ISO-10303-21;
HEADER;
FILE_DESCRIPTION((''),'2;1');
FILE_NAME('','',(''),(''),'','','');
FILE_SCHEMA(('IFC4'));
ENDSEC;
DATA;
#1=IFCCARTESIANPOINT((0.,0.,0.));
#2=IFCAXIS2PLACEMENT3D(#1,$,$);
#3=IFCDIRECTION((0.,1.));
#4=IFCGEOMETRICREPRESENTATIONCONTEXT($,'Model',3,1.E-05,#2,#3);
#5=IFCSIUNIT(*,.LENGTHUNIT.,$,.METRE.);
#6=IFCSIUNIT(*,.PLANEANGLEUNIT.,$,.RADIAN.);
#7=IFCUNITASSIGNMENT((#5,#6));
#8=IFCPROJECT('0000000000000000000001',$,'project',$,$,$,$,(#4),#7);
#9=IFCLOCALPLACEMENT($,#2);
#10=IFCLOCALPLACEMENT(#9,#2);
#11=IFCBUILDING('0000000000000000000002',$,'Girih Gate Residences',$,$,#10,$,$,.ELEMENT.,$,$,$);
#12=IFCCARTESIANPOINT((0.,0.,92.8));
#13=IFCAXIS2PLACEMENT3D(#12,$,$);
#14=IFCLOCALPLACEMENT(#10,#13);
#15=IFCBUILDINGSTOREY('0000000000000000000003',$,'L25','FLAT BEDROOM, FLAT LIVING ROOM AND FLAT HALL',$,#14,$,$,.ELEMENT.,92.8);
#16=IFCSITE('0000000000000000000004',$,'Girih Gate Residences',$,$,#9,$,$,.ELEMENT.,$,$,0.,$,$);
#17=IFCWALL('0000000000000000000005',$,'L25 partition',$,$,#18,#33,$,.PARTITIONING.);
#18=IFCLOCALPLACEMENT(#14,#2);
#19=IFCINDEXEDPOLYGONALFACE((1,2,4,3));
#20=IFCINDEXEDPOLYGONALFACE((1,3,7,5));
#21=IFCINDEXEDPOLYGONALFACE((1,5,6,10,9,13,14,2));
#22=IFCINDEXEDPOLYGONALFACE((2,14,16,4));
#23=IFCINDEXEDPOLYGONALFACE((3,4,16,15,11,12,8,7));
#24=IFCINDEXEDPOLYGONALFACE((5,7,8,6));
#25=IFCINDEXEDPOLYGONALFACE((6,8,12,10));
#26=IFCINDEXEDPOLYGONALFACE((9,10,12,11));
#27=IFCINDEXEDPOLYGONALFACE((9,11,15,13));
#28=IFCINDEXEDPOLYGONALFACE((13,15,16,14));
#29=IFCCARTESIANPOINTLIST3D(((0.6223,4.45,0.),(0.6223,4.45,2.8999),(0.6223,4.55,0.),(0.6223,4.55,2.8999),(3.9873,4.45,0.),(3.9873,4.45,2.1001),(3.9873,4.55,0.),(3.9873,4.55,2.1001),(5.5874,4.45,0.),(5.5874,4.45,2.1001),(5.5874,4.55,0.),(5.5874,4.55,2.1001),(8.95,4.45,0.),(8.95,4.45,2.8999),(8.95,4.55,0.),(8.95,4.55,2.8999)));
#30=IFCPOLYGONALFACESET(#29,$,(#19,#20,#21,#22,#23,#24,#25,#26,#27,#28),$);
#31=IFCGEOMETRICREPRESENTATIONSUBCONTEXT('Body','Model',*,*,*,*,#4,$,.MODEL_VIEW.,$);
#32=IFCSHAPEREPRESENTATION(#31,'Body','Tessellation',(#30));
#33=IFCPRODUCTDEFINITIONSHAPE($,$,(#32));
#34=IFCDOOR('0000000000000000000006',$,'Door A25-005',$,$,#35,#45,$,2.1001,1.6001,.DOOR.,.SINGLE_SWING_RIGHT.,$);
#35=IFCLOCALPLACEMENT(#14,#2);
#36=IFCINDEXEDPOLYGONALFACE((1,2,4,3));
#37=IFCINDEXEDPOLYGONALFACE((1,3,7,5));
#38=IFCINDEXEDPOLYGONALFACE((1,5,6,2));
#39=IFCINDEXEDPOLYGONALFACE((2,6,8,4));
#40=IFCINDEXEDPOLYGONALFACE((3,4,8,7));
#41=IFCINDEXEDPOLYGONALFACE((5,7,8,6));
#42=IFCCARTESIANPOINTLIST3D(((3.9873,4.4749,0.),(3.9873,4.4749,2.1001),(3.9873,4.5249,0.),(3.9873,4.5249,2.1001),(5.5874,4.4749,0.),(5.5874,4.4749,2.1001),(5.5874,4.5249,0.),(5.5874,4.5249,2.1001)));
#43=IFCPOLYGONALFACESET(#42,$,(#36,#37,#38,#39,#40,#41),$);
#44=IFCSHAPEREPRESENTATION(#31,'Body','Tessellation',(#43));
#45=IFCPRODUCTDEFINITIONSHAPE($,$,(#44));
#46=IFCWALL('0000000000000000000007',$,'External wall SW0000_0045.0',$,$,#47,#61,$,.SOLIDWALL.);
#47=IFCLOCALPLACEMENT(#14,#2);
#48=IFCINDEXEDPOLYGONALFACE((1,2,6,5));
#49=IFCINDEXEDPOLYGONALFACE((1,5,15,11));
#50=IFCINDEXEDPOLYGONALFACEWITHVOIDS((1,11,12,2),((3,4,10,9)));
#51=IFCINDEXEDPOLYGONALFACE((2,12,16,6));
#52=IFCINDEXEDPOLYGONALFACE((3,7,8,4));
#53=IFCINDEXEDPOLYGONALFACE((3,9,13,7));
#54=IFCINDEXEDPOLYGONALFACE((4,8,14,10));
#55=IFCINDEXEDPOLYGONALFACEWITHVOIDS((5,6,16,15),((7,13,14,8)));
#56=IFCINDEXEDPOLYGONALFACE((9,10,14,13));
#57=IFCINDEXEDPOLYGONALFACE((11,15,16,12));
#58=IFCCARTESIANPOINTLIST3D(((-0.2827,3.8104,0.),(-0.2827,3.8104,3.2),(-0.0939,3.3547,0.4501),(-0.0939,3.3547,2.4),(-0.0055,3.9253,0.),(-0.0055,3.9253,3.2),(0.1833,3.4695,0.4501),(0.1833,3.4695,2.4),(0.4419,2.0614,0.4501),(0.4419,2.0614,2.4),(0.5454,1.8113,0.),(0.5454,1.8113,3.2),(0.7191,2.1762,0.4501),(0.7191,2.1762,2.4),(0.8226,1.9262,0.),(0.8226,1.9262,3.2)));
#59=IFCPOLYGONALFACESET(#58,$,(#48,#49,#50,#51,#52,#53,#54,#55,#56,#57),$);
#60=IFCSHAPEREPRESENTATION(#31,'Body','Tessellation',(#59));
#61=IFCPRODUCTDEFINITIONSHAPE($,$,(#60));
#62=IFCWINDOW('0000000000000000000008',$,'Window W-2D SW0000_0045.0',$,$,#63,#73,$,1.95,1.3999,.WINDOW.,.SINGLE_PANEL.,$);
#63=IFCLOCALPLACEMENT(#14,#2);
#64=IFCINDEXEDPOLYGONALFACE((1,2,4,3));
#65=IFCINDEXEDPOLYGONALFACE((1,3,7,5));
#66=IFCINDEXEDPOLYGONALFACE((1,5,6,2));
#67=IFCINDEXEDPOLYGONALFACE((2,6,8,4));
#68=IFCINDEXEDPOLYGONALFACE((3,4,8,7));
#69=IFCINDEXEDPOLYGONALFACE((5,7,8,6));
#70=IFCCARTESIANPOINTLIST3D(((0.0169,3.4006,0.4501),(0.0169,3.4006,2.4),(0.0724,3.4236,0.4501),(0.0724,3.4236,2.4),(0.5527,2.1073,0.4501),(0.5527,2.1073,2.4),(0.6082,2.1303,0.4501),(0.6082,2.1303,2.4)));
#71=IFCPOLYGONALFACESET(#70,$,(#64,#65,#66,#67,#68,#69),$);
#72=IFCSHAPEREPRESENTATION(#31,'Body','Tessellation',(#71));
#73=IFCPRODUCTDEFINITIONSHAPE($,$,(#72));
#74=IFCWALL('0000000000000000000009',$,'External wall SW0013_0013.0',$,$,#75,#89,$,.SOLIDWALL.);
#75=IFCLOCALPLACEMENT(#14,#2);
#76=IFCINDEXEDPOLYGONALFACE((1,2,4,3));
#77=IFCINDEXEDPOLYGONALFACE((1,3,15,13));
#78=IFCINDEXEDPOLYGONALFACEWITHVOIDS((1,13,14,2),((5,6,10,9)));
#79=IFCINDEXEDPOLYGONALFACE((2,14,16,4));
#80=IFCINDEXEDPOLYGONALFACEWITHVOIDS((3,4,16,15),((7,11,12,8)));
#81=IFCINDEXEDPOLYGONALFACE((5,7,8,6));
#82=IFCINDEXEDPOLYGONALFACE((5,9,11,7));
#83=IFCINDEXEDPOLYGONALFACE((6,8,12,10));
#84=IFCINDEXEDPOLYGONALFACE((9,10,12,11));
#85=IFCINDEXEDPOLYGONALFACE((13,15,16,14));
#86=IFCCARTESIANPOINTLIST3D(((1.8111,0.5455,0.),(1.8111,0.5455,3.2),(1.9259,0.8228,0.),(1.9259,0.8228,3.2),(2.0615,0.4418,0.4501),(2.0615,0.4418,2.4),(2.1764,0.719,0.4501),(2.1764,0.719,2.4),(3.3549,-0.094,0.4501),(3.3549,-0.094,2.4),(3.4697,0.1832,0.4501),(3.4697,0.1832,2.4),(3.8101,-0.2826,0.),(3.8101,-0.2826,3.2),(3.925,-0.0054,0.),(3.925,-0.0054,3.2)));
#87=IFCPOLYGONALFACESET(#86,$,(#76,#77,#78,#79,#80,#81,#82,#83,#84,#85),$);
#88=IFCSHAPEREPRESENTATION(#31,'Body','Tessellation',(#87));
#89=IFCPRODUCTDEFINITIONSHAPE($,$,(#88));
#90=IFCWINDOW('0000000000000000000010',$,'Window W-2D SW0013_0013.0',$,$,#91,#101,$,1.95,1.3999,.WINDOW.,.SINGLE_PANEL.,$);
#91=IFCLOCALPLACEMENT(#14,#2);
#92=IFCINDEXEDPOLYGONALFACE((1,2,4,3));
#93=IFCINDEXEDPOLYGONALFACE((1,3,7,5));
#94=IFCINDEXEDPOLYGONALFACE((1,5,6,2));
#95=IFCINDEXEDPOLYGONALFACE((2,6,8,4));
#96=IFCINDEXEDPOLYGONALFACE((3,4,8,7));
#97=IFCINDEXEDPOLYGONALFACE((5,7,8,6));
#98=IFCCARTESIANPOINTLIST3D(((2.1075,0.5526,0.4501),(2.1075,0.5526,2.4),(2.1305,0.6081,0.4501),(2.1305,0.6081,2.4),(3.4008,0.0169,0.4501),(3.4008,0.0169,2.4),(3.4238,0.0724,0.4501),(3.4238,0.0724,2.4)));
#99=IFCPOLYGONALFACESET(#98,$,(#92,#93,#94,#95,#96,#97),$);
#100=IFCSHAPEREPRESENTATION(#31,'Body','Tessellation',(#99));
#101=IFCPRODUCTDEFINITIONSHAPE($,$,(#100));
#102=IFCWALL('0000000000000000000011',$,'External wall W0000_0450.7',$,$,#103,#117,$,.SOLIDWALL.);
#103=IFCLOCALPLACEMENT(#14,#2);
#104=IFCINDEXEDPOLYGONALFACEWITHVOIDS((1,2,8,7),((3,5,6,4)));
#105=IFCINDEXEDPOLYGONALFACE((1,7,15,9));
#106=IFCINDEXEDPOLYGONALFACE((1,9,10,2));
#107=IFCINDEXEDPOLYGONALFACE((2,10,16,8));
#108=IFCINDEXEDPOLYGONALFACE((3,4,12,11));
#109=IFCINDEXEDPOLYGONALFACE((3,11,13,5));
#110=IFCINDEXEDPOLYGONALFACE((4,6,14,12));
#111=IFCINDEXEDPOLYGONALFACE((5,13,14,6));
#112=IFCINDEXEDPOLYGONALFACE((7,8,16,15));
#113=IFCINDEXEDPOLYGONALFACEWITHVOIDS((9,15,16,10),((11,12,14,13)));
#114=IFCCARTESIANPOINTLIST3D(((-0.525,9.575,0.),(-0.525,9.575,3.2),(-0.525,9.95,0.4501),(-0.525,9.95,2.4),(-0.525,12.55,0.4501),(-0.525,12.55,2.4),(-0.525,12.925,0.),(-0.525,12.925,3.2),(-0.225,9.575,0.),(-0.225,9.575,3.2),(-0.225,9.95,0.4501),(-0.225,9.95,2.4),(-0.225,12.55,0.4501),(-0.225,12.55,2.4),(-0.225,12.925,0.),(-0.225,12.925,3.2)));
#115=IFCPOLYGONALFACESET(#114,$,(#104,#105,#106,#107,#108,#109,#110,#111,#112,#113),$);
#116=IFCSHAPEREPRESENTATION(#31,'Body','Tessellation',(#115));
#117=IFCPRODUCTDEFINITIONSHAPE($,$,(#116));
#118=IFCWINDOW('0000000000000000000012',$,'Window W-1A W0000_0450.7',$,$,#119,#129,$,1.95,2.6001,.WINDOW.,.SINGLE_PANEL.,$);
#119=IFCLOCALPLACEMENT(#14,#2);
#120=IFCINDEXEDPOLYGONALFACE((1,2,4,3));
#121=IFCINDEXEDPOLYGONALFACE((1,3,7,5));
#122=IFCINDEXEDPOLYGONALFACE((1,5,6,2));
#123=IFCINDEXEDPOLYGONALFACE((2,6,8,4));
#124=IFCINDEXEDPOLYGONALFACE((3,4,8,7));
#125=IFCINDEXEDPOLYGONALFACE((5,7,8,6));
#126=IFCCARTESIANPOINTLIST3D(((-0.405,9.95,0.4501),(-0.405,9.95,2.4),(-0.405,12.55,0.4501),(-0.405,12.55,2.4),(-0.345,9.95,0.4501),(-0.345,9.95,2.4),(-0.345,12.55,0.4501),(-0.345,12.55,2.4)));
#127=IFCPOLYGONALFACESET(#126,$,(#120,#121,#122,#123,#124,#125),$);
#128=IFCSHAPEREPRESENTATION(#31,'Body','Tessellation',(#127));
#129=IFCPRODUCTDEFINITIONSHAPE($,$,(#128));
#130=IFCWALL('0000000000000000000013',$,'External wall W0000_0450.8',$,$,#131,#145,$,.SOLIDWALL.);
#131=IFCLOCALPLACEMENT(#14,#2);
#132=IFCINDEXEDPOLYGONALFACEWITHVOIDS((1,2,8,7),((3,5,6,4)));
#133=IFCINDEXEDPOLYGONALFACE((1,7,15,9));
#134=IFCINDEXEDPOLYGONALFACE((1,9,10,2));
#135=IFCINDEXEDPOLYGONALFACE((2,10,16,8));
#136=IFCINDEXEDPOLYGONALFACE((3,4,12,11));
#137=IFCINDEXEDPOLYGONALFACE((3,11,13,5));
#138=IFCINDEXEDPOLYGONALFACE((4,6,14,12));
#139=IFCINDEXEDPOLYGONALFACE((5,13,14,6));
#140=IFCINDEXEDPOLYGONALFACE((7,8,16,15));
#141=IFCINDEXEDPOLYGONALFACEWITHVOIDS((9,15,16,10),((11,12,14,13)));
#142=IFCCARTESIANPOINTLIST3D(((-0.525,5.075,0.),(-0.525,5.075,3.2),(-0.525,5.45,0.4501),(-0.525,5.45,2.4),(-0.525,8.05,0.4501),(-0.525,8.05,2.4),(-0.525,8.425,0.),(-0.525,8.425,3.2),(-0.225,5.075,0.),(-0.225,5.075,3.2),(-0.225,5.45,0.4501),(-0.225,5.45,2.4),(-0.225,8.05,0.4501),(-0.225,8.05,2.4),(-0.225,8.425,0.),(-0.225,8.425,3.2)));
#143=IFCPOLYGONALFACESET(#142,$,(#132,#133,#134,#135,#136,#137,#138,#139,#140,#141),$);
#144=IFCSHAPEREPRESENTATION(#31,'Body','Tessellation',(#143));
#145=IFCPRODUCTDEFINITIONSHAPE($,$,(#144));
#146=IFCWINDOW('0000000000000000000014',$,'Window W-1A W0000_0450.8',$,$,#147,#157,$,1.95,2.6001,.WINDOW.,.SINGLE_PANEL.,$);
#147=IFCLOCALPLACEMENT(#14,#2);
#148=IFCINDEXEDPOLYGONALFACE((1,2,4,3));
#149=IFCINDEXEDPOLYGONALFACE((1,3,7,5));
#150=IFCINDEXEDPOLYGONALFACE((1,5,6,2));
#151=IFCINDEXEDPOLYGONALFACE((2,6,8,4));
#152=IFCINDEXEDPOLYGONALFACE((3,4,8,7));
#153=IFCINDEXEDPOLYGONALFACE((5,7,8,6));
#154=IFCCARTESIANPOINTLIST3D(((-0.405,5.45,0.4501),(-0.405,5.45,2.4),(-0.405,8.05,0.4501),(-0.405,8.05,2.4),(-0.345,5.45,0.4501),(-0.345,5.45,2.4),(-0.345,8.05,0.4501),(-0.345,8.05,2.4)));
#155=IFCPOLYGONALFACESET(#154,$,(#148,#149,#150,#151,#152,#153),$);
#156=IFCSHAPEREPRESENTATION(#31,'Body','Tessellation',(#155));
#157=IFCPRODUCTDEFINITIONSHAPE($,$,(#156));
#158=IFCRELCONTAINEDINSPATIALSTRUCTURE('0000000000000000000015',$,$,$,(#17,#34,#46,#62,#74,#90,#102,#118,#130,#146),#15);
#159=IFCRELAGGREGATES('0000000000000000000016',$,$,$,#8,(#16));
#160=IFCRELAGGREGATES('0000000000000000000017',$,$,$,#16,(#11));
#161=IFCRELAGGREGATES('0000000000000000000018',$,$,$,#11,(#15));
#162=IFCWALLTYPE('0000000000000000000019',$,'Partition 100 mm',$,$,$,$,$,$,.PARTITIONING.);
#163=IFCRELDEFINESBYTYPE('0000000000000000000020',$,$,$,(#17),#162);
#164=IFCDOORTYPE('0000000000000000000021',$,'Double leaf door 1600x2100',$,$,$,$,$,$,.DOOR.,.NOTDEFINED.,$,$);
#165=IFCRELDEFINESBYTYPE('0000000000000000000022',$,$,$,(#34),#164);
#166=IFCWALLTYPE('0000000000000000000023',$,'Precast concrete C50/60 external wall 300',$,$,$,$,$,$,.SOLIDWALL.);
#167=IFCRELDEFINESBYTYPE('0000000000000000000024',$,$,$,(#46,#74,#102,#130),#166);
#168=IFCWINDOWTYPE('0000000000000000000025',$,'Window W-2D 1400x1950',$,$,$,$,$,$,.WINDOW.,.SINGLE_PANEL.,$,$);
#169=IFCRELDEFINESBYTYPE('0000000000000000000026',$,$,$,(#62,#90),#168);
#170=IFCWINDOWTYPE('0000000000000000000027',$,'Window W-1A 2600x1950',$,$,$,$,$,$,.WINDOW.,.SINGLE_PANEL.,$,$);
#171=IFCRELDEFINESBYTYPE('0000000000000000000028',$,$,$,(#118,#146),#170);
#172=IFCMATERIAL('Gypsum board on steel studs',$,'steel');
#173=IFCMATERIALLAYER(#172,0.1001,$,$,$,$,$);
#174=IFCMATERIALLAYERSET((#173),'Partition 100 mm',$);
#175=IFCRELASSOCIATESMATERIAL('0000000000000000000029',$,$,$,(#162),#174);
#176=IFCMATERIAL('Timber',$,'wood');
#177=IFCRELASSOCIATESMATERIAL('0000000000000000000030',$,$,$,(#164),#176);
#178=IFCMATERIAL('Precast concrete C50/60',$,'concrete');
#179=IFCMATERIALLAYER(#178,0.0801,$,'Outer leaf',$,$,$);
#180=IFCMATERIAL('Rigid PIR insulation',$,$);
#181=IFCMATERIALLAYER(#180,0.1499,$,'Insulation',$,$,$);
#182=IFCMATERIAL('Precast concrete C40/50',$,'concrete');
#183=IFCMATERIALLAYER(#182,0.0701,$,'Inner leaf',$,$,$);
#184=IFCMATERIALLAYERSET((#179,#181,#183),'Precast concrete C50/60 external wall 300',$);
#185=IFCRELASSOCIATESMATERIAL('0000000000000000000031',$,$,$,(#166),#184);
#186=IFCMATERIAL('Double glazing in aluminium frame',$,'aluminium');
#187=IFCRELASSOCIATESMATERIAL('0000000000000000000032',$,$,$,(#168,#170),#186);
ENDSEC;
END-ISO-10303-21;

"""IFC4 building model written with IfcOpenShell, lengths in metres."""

from ifc_helpers import new_model, si_unit, direction, frame, frame_2d, origin, place, context, subcontext, project, spatial, rectangle, extrude, material, layer, layer_set, type_object, element, fill, save


model = new_model("IFC4")

# Units and contexts
model_context = context("Model", 3, precision=1e-05, world=origin(), true_north=direction((0.0, 1.0)))
body_context = subcontext(model_context, "Body", "Model", "MODEL_VIEW")
ifc_project = project(units=[si_unit("LENGTHUNIT", "METRE"), si_unit("PLANEANGLEUNIT", "RADIAN")], contexts=[model_context])

# Site, building, storey
site_placement = place(None, origin())
site = spatial("IfcSite", under=ifc_project, at=site_placement, Name="Girih Gate Residences", CompositionType="ELEMENT", RefElevation=0.0)
building_placement = place(site_placement, origin())
building = spatial("IfcBuilding", under=site, at=building_placement, Name="Girih Gate Residences", CompositionType="ELEMENT")
storey_placement = place(building_placement, frame((0.0, 0.0, 92.8)))
storey = spatial("IfcBuildingStorey", under=building, at=storey_placement, Name="L25", Description="FLAT BEDROOM, FLAT LIVING ROOM AND FLAT HALL", CompositionType="ELEMENT", Elevation=92.8)

# Wall, opening, door
ifc_material_1 = material(Name="Gypsum board on steel studs", Category="steel")
ifc_layer_1 = layer(ifc_material_1, 0.1001)
ifc_layer_set_1 = layer_set([ifc_layer_1], Name="Partition 100 mm")
wall_type_1 = type_object("IfcWallType", Name="Partition 100 mm", PredefinedType="PARTITIONING", material=ifc_layer_set_1)
wall_1_placement = place(storey_placement, frame((0.6223, 4.5, 0.0), z_axis=(0.0, 0.0, 1.0), x_axis=(1.0, 0.0, 0.0)))
wall_1 = element("IfcWall", 1, at=wall_1_placement, inside=storey, type_object=wall_type_1, Name="L25 partition", PredefinedType="PARTITIONING", context=body_context, shape_type="SweptSolid", body=[
    extrude(rectangle(XDim=8.3276, YDim=0.1001, at=frame_2d((4.1638, 0.0))), origin(), (0.0, 0.0, 1.0), 2.8999),
])
opening_1_placement = place(wall_1_placement, frame((3.365, 0.0, 0.0)))
opening_1 = element("IfcOpeningElement", 2, at=opening_1_placement, cuts=wall_1, PredefinedType="OPENING", context=body_context, shape_type="SweptSolid", body=[
    extrude(rectangle(XDim=1.6001, YDim=2.1001, at=frame_2d((0.8, 1.05))), frame((0.0, 0.0601, 0.0), z_axis=(0.0, -1.0, 0.0), x_axis=(1.0, 0.0, 0.0)), (0.0, 0.0, 1.0), 0.1201),
])
ifc_material_2 = material(Name="Timber", Category="wood")
door_type = type_object("IfcDoorType", Name="Double leaf door 1600x2100", OperationType="NOTDEFINED", PredefinedType="DOOR", material=ifc_material_2)
door_placement = place(opening_1_placement, origin())
door = element("IfcDoor", 3, at=door_placement, inside=storey, type_object=door_type, Name="Door A25-005", OperationType="SINGLE_SWING_RIGHT", OverallHeight=2.1001, OverallWidth=1.6001, PredefinedType="DOOR", context=body_context, shape_type="SweptSolid", body=[
    extrude(rectangle(XDim=1.6001, YDim=2.1001, at=frame_2d((0.8, 1.05))), frame((0.0, 0.0249, 0.0), z_axis=(0.0, -1.0, 0.0), x_axis=(1.0, 0.0, 0.0)), (0.0, 0.0, 1.0), 0.05),
])
fill(opening_1, door)

# Walls, openings, windows
ifc_material_3 = material(Name="Precast concrete C50/60", Category="concrete")
ifc_layer_2 = layer(ifc_material_3, 0.0801, Name="Outer leaf")
ifc_material_4 = material(Name="Rigid PIR insulation")
ifc_layer_3 = layer(ifc_material_4, 0.1499, Name="Insulation")
ifc_material_5 = material(Name="Precast concrete C40/50", Category="concrete")
ifc_layer_4 = layer(ifc_material_5, 0.0701, Name="Inner leaf")
ifc_layer_set_2 = layer_set([ifc_layer_2, ifc_layer_3, ifc_layer_4], Name="Precast concrete C50/60 external wall 300")
wall_type_2 = type_object("IfcWallType", Name="Precast concrete C50/60 external wall 300", PredefinedType="SOLIDWALL", material=ifc_layer_set_2)
wall_2_placement = place(storey_placement, frame((0.6841, 1.8687, 0.0), z_axis=(0.0, 0.0, 1.0), x_axis=(-0.382724, 0.923863, 0.0)))
wall_2 = element("IfcWall", 4, at=wall_2_placement, inside=storey, type_object=wall_type_2, Name="External wall SW0000_0045.0", PredefinedType="SOLIDWALL", context=body_context, shape_type="SweptSolid", body=[
    extrude(rectangle(XDim=2.1638, YDim=0.3, at=frame_2d((1.082, 0.0))), origin(), (0.0, 0.0, 1.0), 3.2),
])
opening_2_placement = place(wall_2_placement, frame((0.2708, 0.0, 0.45)))
opening_2 = element("IfcOpeningElement", 5, at=opening_2_placement, cuts=wall_2, PredefinedType="OPENING", context=body_context, shape_type="SweptSolid", body=[
    extrude(rectangle(XDim=1.3999, YDim=1.95, at=frame_2d((0.7, 0.9751))), frame((0.0, 0.1599, 0.0), z_axis=(0.0, -1.0, 0.0), x_axis=(1.0, 0.0, 0.0)), (0.0, 0.0, 1.0), 0.3201),
])
ifc_material_6 = material(Name="Double glazing in aluminium frame", Category="aluminium")
window_type_1 = type_object("IfcWindowType", Name="Window W-2D 1400x1950", PartitioningType="SINGLE_PANEL", PredefinedType="WINDOW", material=ifc_material_6)
window_1_placement = place(opening_2_placement, origin())
window_1 = element("IfcWindow", 6, at=window_1_placement, inside=storey, type_object=window_type_1, Name="Window W-2D SW0000_0045.0", OverallHeight=1.95, OverallWidth=1.3999, PartitioningType="SINGLE_PANEL", PredefinedType="WINDOW", context=body_context, shape_type="SweptSolid", body=[
    extrude(rectangle(XDim=1.3999, YDim=1.95, at=frame_2d((0.7, 0.9751))), frame((0.0, 0.03, 0.0), z_axis=(0.0, -1.0, 0.0), x_axis=(1.0, 0.0, 0.0)), (0.0, 0.0, 1.0), 0.0601),
])
fill(opening_2, window_1)
wall_3_placement = place(storey_placement, frame((3.8677, -0.144, 0.0), z_axis=(0.0, 0.0, 1.0), x_axis=(-0.923863, 0.382724, 0.0)))
wall_3 = element("IfcWall", 7, at=wall_3_placement, inside=storey, type_object=wall_type_2, Name="External wall SW0013_0013.0", PredefinedType="SOLIDWALL", context=body_context, shape_type="SweptSolid", body=[
    extrude(rectangle(XDim=2.1638, YDim=0.3, at=frame_2d((1.082, 0.0))), origin(), (0.0, 0.0, 1.0), 3.2),
])
opening_3_placement = place(wall_3_placement, frame((0.4929, 0.0, 0.45)))
opening_3 = element("IfcOpeningElement", 8, at=opening_3_placement, cuts=wall_3, PredefinedType="OPENING", context=body_context, shape_type="SweptSolid", body=[
    extrude(rectangle(XDim=1.3999, YDim=1.95, at=frame_2d((0.7, 0.9751))), frame((0.0, 0.1599, 0.0), z_axis=(0.0, -1.0, 0.0), x_axis=(1.0, 0.0, 0.0)), (0.0, 0.0, 1.0), 0.3201),
])
window_2_placement = place(opening_3_placement, origin())
window_2 = element("IfcWindow", 9, at=window_2_placement, inside=storey, type_object=window_type_1, Name="Window W-2D SW0013_0013.0", OverallHeight=1.95, OverallWidth=1.3999, PartitioningType="SINGLE_PANEL", PredefinedType="WINDOW", context=body_context, shape_type="SweptSolid", body=[
    extrude(rectangle(XDim=1.3999, YDim=1.95, at=frame_2d((0.7, 0.9751))), frame((0.0, 0.03, 0.0), z_axis=(0.0, -1.0, 0.0), x_axis=(1.0, 0.0, 0.0)), (0.0, 0.0, 1.0), 0.0601),
])
fill(opening_3, window_2)
wall_4_placement = place(storey_placement, frame((-0.375, 9.575, 0.0), z_axis=(0.0, 0.0, 1.0), x_axis=(0.0, 1.0, 0.0)))
wall_4 = element("IfcWall", 10, at=wall_4_placement, inside=storey, type_object=wall_type_2, Name="External wall W0000_0450.7", PredefinedType="SOLIDWALL", context=body_context, shape_type="SweptSolid", body=[
    extrude(rectangle(XDim=3.3501, YDim=0.3, at=frame_2d((1.675, 0.0))), origin(), (0.0, 0.0, 1.0), 3.2),
])
opening_4_placement = place(wall_4_placement, frame((0.375, 0.0, 0.45)))
opening_4 = element("IfcOpeningElement", 11, at=opening_4_placement, cuts=wall_4, PredefinedType="OPENING", context=body_context, shape_type="SweptSolid", body=[
    extrude(rectangle(XDim=2.6001, YDim=1.95, at=frame_2d((1.3, 0.9751))), frame((0.0, 0.1599, 0.0), z_axis=(0.0, -1.0, 0.0), x_axis=(1.0, 0.0, 0.0)), (0.0, 0.0, 1.0), 0.3201),
])
window_type_2 = type_object("IfcWindowType", Name="Window W-1A 2600x1950", PartitioningType="SINGLE_PANEL", PredefinedType="WINDOW", material=ifc_material_6)
window_3_placement = place(opening_4_placement, origin())
window_3 = element("IfcWindow", 12, at=window_3_placement, inside=storey, type_object=window_type_2, Name="Window W-1A W0000_0450.7", OverallHeight=1.95, OverallWidth=2.6001, PartitioningType="SINGLE_PANEL", PredefinedType="WINDOW", context=body_context, shape_type="SweptSolid", body=[
    extrude(rectangle(XDim=2.6001, YDim=1.95, at=frame_2d((1.3, 0.9751))), frame((0.0, 0.03, 0.0), z_axis=(0.0, -1.0, 0.0), x_axis=(1.0, 0.0, 0.0)), (0.0, 0.0, 1.0), 0.0601),
])
fill(opening_4, window_3)
wall_5_placement = place(storey_placement, frame((-0.375, 5.075, 0.0), z_axis=(0.0, 0.0, 1.0), x_axis=(0.0, 1.0, 0.0)))
wall_5 = element("IfcWall", 13, at=wall_5_placement, inside=storey, type_object=wall_type_2, Name="External wall W0000_0450.8", PredefinedType="SOLIDWALL", context=body_context, shape_type="SweptSolid", body=[
    extrude(rectangle(XDim=3.3501, YDim=0.3, at=frame_2d((1.675, 0.0))), origin(), (0.0, 0.0, 1.0), 3.2),
])
opening_5_placement = place(wall_5_placement, frame((0.375, 0.0, 0.45)))
opening_5 = element("IfcOpeningElement", 14, at=opening_5_placement, cuts=wall_5, PredefinedType="OPENING", context=body_context, shape_type="SweptSolid", body=[
    extrude(rectangle(XDim=2.6001, YDim=1.95, at=frame_2d((1.3, 0.9751))), frame((0.0, 0.1599, 0.0), z_axis=(0.0, -1.0, 0.0), x_axis=(1.0, 0.0, 0.0)), (0.0, 0.0, 1.0), 0.3201),
])
window_4_placement = place(opening_5_placement, origin())
window_4 = element("IfcWindow", 15, at=window_4_placement, inside=storey, type_object=window_type_2, Name="Window W-1A W0000_0450.8", OverallHeight=1.95, OverallWidth=2.6001, PartitioningType="SINGLE_PANEL", PredefinedType="WINDOW", context=body_context, shape_type="SweptSolid", body=[
    extrude(rectangle(XDim=2.6001, YDim=1.95, at=frame_2d((1.3, 0.9751))), frame((0.0, 0.03, 0.0), z_axis=(0.0, -1.0, 0.0), x_axis=(1.0, 0.0, 0.0)), (0.0, 0.0, 1.0), 0.0601),
])
fill(opening_5, window_4)

save(model, "model.ifc")
